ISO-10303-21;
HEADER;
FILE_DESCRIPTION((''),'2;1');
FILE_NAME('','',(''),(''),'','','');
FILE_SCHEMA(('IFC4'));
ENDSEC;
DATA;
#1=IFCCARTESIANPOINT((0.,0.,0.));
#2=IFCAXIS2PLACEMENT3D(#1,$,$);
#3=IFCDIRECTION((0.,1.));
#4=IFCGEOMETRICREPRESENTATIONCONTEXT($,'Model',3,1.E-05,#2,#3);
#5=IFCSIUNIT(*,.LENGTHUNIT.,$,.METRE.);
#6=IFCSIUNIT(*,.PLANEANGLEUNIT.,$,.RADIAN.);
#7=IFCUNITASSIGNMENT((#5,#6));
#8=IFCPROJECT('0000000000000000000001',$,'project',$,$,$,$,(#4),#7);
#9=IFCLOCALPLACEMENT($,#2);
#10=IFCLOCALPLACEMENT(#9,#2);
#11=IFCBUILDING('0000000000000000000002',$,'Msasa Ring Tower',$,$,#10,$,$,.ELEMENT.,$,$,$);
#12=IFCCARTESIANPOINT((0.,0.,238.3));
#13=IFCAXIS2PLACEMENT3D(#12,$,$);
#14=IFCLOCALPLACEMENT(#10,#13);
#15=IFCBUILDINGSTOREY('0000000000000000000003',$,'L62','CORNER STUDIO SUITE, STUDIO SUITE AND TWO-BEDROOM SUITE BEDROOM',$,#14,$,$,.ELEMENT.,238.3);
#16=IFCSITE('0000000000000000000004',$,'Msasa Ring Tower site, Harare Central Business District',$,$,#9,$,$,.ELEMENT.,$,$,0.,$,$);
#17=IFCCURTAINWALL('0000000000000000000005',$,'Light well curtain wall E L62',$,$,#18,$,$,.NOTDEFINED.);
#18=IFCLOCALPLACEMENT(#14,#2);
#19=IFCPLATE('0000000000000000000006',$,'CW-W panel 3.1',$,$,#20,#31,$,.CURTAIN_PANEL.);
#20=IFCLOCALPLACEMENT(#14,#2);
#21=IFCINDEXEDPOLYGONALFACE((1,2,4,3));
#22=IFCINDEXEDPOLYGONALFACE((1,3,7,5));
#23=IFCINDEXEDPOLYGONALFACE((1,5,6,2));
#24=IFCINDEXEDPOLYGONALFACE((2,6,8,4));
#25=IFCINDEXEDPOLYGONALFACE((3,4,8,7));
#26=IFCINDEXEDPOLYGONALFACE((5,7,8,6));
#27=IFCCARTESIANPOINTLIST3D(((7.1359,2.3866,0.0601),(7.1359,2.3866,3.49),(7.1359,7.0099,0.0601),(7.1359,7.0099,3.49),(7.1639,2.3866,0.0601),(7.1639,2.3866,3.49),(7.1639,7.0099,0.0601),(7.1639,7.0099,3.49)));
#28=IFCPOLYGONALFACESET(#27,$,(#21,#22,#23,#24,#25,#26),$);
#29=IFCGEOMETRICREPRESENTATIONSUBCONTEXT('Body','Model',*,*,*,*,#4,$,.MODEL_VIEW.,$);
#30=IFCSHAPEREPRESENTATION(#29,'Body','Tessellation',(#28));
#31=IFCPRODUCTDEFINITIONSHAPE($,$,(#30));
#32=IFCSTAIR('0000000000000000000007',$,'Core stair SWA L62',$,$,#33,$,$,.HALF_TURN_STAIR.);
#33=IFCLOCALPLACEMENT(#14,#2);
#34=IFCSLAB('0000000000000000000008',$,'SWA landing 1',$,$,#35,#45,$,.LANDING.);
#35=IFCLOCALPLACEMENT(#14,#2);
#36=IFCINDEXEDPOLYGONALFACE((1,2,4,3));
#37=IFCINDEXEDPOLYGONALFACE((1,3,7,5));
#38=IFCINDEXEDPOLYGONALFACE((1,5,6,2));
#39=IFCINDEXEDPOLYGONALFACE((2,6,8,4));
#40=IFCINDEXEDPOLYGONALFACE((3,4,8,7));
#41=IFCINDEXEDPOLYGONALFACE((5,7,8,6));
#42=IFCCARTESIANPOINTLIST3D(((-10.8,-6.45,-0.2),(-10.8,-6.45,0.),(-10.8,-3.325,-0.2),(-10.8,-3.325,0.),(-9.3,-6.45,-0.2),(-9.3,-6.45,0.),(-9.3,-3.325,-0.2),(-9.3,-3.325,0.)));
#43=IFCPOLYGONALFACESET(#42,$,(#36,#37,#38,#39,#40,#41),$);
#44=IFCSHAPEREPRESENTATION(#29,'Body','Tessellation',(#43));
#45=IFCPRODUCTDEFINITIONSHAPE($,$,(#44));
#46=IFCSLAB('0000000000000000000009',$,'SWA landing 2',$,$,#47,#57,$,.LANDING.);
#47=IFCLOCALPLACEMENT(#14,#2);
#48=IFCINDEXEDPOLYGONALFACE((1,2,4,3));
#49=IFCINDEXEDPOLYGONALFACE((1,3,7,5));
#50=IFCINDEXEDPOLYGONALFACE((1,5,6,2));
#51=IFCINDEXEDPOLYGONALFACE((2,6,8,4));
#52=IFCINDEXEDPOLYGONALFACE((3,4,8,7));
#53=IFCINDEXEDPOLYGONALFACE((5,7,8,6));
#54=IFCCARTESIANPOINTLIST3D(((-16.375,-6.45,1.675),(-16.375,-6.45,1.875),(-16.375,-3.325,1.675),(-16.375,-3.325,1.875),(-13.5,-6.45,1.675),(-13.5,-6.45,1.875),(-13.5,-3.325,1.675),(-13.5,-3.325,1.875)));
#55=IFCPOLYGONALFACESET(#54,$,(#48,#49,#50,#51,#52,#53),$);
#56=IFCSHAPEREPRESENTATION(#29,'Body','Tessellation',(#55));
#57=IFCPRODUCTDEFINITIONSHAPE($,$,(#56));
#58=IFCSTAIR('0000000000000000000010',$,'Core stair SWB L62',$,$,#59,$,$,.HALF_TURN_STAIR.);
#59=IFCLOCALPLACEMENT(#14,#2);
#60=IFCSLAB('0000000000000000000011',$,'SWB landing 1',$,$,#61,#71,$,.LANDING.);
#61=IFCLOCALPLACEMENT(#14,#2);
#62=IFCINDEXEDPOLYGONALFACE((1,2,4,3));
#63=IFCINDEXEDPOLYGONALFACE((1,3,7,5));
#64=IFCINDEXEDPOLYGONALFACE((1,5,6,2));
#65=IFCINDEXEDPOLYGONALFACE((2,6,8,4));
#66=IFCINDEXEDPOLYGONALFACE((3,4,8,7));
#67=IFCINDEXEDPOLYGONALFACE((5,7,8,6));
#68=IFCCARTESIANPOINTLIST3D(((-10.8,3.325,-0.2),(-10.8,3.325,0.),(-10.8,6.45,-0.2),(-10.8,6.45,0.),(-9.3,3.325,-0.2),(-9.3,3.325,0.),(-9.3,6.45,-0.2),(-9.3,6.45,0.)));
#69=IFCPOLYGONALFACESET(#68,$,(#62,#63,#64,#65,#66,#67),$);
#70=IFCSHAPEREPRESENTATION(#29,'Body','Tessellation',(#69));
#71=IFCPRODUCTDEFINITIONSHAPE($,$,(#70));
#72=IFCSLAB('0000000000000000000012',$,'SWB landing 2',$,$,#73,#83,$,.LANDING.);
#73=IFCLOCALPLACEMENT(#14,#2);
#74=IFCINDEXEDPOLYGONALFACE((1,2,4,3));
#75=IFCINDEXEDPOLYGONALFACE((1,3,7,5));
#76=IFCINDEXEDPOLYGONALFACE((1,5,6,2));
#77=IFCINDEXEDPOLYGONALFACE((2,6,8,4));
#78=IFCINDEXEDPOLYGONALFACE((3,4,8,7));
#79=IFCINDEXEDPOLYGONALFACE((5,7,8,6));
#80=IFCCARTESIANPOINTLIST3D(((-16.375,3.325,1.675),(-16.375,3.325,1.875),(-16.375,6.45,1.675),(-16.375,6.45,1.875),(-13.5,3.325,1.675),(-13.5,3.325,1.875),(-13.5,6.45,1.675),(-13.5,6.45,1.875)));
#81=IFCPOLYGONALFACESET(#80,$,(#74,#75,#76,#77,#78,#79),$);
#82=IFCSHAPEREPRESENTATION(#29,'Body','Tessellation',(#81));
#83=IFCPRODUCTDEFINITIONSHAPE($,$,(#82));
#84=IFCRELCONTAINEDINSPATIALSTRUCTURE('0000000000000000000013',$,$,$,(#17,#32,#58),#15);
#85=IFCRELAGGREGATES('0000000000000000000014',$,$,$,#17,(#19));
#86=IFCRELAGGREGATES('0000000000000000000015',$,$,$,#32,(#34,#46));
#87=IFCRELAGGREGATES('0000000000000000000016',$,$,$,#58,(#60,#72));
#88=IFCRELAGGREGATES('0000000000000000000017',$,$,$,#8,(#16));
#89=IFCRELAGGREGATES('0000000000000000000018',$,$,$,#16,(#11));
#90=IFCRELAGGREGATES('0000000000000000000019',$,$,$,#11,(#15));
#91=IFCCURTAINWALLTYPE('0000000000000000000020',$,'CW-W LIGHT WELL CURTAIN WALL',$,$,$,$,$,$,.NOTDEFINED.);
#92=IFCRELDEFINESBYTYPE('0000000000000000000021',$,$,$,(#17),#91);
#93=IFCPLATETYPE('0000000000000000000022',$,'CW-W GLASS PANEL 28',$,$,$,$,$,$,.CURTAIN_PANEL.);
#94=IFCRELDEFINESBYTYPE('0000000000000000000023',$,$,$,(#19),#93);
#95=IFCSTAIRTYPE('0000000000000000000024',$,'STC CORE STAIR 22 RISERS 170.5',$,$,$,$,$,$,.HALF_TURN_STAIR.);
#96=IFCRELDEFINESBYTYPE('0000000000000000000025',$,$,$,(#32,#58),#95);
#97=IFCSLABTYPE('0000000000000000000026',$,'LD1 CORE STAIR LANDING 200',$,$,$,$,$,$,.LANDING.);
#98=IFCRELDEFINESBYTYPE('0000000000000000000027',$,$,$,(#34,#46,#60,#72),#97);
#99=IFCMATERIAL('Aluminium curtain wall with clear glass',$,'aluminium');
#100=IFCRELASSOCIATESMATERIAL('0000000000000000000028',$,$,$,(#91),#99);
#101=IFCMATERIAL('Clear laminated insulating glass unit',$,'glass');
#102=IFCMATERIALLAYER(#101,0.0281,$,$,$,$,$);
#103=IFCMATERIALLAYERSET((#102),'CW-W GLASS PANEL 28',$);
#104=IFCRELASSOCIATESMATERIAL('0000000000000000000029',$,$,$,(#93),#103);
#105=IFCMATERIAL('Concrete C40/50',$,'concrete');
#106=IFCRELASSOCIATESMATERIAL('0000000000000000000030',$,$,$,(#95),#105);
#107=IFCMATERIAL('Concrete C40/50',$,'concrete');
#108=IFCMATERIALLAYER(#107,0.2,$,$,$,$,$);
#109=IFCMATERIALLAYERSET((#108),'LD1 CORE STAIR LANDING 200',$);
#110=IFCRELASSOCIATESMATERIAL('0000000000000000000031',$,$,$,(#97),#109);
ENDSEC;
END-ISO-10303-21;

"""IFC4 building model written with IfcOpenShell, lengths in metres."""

from ifc_helpers import new_model, si_unit, direction, frame, origin, origin_2d, place, context, subcontext, project, spatial, polyline, rectangle, outline, extrude, material, layer, layer_set, type_object, element, aggregate, save


model = new_model("IFC4")

# Units and contexts
model_context = context("Model", 3, precision=1e-05, world=origin(), true_north=direction((0.0, 1.0)))
body_context = subcontext(model_context, "Body", "Model", "MODEL_VIEW")
ifc_project = project(units=[si_unit("LENGTHUNIT", "METRE"), si_unit("PLANEANGLEUNIT", "RADIAN")], contexts=[model_context])

# Site, building, storey
site_placement = place(None, origin())
site = spatial("IfcSite", under=ifc_project, at=site_placement, Name="Msasa Ring Tower site, Harare Central Business District", CompositionType="ELEMENT", RefElevation=0.0)
building_placement = place(site_placement, origin())
building = spatial("IfcBuilding", under=site, at=building_placement, Name="Msasa Ring Tower", CompositionType="ELEMENT")
storey_placement = place(building_placement, frame((0.0, 0.0, 238.3)))
storey = spatial("IfcBuildingStorey", under=building, at=storey_placement, Name="L62", Description="CORNER STUDIO SUITE, STUDIO SUITE AND TWO-BEDROOM SUITE BEDROOM", CompositionType="ELEMENT", Elevation=238.3)

# Curtain wall
ifc_material_1 = material(Name="Aluminium curtain wall with clear glass", Category="aluminium")
curtain_wall_type = type_object("IfcCurtainWallType", Name="CW-W LIGHT WELL CURTAIN WALL", PredefinedType="NOTDEFINED", material=ifc_material_1)
curtain_wall_placement = place(storey_placement, origin())
curtain_wall = element("IfcCurtainWall", 1, at=curtain_wall_placement, inside=storey, type_object=curtain_wall_type, Name="Light well curtain wall E L62", PredefinedType="NOTDEFINED")

# Plate
ifc_material_2 = material(Name="Clear laminated insulating glass unit", Category="glass")
ifc_layer_1 = layer(ifc_material_2, 0.0281)
ifc_layer_set_1 = layer_set([ifc_layer_1], Name="CW-W GLASS PANEL 28")
plate_type = type_object("IfcPlateType", Name="CW-W GLASS PANEL 28", PredefinedType="CURTAIN_PANEL", material=ifc_layer_set_1)
plate_1_placement = place(storey_placement, frame((7.1499, 4.6982, 0.0601), z_axis=(0.0, 0.0, 1.0), x_axis=(0.0, 1.0, 0.0)))
plate_1 = element("IfcPlate", 2, at=plate_1_placement, type_object=plate_type, Name="CW-W panel 3.1", PredefinedType="CURTAIN_PANEL", context=body_context, shape_type="SweptSolid", body=[
    extrude(rectangle(XDim=4.6233, YDim=0.0281, at=origin_2d()), origin(), (0.0, 0.0, 1.0), 3.4299),
])
aggregate(curtain_wall, [plate_1])

# Stairs, slabs
ifc_material_3 = material(Name="Concrete C40/50", Category="concrete")
stair_type = type_object("IfcStairType", Name="STC CORE STAIR 22 RISERS 170.5", PredefinedType="HALF_TURN_STAIR", material=ifc_material_3)
stair_1_placement = place(storey_placement, origin())
stair_1 = element("IfcStair", 3, at=stair_1_placement, inside=storey, type_object=stair_type, Name="Core stair SWA L62", PredefinedType="HALF_TURN_STAIR")
ifc_material_4 = material(Name="Concrete C40/50", Category="concrete")
ifc_layer_2 = layer(ifc_material_4, 0.2)
ifc_layer_set_2 = layer_set([ifc_layer_2], Name="LD1 CORE STAIR LANDING 200")
slab_type = type_object("IfcSlabType", Name="LD1 CORE STAIR LANDING 200", PredefinedType="LANDING", material=ifc_layer_set_2)
slab_1_placement = place(storey_placement, frame((0.0, 0.0, -0.2)))
slab_1 = element("IfcSlab", 4, at=slab_1_placement, type_object=slab_type, Name="SWA landing 1", PredefinedType="LANDING", context=body_context, shape_type="SweptSolid", body=[
    extrude(outline(polyline([(-10.8, -6.45), (-9.3, -6.45), (-9.3, -3.325), (-10.8, -3.325), (-10.8, -6.45)])), origin(), (0.0, 0.0, 1.0), 0.2),
])
slab_2_placement = place(storey_placement, frame((0.0, 0.0, 1.675)))
slab_2 = element("IfcSlab", 5, at=slab_2_placement, type_object=slab_type, Name="SWA landing 2", PredefinedType="LANDING", context=body_context, shape_type="SweptSolid", body=[
    extrude(outline(polyline([(-16.375, -6.45), (-13.5, -6.45), (-13.5, -3.325), (-16.375, -3.325), (-16.375, -6.45)])), origin(), (0.0, 0.0, 1.0), 0.2),
])
aggregate(stair_1, [slab_1, slab_2])
stair_2_placement = place(storey_placement, origin())
stair_2 = element("IfcStair", 6, at=stair_2_placement, inside=storey, type_object=stair_type, Name="Core stair SWB L62", PredefinedType="HALF_TURN_STAIR")
slab_3_placement = place(storey_placement, frame((0.0, 0.0, -0.2)))
slab_3 = element("IfcSlab", 7, at=slab_3_placement, type_object=slab_type, Name="SWB landing 1", PredefinedType="LANDING", context=body_context, shape_type="SweptSolid", body=[
    extrude(outline(polyline([(-10.8, 3.325), (-9.3, 3.325), (-9.3, 6.45), (-10.8, 6.45), (-10.8, 3.325)])), origin(), (0.0, 0.0, 1.0), 0.2),
])
slab_4_placement = place(storey_placement, frame((0.0, 0.0, 1.675)))
slab_4 = element("IfcSlab", 8, at=slab_4_placement, type_object=slab_type, Name="SWB landing 2", PredefinedType="LANDING", context=body_context, shape_type="SweptSolid", body=[
    extrude(outline(polyline([(-16.375, 3.325), (-13.5, 3.325), (-13.5, 6.45), (-16.375, 6.45), (-16.375, 3.325)])), origin(), (0.0, 0.0, 1.0), 0.2),
])
aggregate(stair_2, [slab_3, slab_4])

save(model, "model.ifc")
